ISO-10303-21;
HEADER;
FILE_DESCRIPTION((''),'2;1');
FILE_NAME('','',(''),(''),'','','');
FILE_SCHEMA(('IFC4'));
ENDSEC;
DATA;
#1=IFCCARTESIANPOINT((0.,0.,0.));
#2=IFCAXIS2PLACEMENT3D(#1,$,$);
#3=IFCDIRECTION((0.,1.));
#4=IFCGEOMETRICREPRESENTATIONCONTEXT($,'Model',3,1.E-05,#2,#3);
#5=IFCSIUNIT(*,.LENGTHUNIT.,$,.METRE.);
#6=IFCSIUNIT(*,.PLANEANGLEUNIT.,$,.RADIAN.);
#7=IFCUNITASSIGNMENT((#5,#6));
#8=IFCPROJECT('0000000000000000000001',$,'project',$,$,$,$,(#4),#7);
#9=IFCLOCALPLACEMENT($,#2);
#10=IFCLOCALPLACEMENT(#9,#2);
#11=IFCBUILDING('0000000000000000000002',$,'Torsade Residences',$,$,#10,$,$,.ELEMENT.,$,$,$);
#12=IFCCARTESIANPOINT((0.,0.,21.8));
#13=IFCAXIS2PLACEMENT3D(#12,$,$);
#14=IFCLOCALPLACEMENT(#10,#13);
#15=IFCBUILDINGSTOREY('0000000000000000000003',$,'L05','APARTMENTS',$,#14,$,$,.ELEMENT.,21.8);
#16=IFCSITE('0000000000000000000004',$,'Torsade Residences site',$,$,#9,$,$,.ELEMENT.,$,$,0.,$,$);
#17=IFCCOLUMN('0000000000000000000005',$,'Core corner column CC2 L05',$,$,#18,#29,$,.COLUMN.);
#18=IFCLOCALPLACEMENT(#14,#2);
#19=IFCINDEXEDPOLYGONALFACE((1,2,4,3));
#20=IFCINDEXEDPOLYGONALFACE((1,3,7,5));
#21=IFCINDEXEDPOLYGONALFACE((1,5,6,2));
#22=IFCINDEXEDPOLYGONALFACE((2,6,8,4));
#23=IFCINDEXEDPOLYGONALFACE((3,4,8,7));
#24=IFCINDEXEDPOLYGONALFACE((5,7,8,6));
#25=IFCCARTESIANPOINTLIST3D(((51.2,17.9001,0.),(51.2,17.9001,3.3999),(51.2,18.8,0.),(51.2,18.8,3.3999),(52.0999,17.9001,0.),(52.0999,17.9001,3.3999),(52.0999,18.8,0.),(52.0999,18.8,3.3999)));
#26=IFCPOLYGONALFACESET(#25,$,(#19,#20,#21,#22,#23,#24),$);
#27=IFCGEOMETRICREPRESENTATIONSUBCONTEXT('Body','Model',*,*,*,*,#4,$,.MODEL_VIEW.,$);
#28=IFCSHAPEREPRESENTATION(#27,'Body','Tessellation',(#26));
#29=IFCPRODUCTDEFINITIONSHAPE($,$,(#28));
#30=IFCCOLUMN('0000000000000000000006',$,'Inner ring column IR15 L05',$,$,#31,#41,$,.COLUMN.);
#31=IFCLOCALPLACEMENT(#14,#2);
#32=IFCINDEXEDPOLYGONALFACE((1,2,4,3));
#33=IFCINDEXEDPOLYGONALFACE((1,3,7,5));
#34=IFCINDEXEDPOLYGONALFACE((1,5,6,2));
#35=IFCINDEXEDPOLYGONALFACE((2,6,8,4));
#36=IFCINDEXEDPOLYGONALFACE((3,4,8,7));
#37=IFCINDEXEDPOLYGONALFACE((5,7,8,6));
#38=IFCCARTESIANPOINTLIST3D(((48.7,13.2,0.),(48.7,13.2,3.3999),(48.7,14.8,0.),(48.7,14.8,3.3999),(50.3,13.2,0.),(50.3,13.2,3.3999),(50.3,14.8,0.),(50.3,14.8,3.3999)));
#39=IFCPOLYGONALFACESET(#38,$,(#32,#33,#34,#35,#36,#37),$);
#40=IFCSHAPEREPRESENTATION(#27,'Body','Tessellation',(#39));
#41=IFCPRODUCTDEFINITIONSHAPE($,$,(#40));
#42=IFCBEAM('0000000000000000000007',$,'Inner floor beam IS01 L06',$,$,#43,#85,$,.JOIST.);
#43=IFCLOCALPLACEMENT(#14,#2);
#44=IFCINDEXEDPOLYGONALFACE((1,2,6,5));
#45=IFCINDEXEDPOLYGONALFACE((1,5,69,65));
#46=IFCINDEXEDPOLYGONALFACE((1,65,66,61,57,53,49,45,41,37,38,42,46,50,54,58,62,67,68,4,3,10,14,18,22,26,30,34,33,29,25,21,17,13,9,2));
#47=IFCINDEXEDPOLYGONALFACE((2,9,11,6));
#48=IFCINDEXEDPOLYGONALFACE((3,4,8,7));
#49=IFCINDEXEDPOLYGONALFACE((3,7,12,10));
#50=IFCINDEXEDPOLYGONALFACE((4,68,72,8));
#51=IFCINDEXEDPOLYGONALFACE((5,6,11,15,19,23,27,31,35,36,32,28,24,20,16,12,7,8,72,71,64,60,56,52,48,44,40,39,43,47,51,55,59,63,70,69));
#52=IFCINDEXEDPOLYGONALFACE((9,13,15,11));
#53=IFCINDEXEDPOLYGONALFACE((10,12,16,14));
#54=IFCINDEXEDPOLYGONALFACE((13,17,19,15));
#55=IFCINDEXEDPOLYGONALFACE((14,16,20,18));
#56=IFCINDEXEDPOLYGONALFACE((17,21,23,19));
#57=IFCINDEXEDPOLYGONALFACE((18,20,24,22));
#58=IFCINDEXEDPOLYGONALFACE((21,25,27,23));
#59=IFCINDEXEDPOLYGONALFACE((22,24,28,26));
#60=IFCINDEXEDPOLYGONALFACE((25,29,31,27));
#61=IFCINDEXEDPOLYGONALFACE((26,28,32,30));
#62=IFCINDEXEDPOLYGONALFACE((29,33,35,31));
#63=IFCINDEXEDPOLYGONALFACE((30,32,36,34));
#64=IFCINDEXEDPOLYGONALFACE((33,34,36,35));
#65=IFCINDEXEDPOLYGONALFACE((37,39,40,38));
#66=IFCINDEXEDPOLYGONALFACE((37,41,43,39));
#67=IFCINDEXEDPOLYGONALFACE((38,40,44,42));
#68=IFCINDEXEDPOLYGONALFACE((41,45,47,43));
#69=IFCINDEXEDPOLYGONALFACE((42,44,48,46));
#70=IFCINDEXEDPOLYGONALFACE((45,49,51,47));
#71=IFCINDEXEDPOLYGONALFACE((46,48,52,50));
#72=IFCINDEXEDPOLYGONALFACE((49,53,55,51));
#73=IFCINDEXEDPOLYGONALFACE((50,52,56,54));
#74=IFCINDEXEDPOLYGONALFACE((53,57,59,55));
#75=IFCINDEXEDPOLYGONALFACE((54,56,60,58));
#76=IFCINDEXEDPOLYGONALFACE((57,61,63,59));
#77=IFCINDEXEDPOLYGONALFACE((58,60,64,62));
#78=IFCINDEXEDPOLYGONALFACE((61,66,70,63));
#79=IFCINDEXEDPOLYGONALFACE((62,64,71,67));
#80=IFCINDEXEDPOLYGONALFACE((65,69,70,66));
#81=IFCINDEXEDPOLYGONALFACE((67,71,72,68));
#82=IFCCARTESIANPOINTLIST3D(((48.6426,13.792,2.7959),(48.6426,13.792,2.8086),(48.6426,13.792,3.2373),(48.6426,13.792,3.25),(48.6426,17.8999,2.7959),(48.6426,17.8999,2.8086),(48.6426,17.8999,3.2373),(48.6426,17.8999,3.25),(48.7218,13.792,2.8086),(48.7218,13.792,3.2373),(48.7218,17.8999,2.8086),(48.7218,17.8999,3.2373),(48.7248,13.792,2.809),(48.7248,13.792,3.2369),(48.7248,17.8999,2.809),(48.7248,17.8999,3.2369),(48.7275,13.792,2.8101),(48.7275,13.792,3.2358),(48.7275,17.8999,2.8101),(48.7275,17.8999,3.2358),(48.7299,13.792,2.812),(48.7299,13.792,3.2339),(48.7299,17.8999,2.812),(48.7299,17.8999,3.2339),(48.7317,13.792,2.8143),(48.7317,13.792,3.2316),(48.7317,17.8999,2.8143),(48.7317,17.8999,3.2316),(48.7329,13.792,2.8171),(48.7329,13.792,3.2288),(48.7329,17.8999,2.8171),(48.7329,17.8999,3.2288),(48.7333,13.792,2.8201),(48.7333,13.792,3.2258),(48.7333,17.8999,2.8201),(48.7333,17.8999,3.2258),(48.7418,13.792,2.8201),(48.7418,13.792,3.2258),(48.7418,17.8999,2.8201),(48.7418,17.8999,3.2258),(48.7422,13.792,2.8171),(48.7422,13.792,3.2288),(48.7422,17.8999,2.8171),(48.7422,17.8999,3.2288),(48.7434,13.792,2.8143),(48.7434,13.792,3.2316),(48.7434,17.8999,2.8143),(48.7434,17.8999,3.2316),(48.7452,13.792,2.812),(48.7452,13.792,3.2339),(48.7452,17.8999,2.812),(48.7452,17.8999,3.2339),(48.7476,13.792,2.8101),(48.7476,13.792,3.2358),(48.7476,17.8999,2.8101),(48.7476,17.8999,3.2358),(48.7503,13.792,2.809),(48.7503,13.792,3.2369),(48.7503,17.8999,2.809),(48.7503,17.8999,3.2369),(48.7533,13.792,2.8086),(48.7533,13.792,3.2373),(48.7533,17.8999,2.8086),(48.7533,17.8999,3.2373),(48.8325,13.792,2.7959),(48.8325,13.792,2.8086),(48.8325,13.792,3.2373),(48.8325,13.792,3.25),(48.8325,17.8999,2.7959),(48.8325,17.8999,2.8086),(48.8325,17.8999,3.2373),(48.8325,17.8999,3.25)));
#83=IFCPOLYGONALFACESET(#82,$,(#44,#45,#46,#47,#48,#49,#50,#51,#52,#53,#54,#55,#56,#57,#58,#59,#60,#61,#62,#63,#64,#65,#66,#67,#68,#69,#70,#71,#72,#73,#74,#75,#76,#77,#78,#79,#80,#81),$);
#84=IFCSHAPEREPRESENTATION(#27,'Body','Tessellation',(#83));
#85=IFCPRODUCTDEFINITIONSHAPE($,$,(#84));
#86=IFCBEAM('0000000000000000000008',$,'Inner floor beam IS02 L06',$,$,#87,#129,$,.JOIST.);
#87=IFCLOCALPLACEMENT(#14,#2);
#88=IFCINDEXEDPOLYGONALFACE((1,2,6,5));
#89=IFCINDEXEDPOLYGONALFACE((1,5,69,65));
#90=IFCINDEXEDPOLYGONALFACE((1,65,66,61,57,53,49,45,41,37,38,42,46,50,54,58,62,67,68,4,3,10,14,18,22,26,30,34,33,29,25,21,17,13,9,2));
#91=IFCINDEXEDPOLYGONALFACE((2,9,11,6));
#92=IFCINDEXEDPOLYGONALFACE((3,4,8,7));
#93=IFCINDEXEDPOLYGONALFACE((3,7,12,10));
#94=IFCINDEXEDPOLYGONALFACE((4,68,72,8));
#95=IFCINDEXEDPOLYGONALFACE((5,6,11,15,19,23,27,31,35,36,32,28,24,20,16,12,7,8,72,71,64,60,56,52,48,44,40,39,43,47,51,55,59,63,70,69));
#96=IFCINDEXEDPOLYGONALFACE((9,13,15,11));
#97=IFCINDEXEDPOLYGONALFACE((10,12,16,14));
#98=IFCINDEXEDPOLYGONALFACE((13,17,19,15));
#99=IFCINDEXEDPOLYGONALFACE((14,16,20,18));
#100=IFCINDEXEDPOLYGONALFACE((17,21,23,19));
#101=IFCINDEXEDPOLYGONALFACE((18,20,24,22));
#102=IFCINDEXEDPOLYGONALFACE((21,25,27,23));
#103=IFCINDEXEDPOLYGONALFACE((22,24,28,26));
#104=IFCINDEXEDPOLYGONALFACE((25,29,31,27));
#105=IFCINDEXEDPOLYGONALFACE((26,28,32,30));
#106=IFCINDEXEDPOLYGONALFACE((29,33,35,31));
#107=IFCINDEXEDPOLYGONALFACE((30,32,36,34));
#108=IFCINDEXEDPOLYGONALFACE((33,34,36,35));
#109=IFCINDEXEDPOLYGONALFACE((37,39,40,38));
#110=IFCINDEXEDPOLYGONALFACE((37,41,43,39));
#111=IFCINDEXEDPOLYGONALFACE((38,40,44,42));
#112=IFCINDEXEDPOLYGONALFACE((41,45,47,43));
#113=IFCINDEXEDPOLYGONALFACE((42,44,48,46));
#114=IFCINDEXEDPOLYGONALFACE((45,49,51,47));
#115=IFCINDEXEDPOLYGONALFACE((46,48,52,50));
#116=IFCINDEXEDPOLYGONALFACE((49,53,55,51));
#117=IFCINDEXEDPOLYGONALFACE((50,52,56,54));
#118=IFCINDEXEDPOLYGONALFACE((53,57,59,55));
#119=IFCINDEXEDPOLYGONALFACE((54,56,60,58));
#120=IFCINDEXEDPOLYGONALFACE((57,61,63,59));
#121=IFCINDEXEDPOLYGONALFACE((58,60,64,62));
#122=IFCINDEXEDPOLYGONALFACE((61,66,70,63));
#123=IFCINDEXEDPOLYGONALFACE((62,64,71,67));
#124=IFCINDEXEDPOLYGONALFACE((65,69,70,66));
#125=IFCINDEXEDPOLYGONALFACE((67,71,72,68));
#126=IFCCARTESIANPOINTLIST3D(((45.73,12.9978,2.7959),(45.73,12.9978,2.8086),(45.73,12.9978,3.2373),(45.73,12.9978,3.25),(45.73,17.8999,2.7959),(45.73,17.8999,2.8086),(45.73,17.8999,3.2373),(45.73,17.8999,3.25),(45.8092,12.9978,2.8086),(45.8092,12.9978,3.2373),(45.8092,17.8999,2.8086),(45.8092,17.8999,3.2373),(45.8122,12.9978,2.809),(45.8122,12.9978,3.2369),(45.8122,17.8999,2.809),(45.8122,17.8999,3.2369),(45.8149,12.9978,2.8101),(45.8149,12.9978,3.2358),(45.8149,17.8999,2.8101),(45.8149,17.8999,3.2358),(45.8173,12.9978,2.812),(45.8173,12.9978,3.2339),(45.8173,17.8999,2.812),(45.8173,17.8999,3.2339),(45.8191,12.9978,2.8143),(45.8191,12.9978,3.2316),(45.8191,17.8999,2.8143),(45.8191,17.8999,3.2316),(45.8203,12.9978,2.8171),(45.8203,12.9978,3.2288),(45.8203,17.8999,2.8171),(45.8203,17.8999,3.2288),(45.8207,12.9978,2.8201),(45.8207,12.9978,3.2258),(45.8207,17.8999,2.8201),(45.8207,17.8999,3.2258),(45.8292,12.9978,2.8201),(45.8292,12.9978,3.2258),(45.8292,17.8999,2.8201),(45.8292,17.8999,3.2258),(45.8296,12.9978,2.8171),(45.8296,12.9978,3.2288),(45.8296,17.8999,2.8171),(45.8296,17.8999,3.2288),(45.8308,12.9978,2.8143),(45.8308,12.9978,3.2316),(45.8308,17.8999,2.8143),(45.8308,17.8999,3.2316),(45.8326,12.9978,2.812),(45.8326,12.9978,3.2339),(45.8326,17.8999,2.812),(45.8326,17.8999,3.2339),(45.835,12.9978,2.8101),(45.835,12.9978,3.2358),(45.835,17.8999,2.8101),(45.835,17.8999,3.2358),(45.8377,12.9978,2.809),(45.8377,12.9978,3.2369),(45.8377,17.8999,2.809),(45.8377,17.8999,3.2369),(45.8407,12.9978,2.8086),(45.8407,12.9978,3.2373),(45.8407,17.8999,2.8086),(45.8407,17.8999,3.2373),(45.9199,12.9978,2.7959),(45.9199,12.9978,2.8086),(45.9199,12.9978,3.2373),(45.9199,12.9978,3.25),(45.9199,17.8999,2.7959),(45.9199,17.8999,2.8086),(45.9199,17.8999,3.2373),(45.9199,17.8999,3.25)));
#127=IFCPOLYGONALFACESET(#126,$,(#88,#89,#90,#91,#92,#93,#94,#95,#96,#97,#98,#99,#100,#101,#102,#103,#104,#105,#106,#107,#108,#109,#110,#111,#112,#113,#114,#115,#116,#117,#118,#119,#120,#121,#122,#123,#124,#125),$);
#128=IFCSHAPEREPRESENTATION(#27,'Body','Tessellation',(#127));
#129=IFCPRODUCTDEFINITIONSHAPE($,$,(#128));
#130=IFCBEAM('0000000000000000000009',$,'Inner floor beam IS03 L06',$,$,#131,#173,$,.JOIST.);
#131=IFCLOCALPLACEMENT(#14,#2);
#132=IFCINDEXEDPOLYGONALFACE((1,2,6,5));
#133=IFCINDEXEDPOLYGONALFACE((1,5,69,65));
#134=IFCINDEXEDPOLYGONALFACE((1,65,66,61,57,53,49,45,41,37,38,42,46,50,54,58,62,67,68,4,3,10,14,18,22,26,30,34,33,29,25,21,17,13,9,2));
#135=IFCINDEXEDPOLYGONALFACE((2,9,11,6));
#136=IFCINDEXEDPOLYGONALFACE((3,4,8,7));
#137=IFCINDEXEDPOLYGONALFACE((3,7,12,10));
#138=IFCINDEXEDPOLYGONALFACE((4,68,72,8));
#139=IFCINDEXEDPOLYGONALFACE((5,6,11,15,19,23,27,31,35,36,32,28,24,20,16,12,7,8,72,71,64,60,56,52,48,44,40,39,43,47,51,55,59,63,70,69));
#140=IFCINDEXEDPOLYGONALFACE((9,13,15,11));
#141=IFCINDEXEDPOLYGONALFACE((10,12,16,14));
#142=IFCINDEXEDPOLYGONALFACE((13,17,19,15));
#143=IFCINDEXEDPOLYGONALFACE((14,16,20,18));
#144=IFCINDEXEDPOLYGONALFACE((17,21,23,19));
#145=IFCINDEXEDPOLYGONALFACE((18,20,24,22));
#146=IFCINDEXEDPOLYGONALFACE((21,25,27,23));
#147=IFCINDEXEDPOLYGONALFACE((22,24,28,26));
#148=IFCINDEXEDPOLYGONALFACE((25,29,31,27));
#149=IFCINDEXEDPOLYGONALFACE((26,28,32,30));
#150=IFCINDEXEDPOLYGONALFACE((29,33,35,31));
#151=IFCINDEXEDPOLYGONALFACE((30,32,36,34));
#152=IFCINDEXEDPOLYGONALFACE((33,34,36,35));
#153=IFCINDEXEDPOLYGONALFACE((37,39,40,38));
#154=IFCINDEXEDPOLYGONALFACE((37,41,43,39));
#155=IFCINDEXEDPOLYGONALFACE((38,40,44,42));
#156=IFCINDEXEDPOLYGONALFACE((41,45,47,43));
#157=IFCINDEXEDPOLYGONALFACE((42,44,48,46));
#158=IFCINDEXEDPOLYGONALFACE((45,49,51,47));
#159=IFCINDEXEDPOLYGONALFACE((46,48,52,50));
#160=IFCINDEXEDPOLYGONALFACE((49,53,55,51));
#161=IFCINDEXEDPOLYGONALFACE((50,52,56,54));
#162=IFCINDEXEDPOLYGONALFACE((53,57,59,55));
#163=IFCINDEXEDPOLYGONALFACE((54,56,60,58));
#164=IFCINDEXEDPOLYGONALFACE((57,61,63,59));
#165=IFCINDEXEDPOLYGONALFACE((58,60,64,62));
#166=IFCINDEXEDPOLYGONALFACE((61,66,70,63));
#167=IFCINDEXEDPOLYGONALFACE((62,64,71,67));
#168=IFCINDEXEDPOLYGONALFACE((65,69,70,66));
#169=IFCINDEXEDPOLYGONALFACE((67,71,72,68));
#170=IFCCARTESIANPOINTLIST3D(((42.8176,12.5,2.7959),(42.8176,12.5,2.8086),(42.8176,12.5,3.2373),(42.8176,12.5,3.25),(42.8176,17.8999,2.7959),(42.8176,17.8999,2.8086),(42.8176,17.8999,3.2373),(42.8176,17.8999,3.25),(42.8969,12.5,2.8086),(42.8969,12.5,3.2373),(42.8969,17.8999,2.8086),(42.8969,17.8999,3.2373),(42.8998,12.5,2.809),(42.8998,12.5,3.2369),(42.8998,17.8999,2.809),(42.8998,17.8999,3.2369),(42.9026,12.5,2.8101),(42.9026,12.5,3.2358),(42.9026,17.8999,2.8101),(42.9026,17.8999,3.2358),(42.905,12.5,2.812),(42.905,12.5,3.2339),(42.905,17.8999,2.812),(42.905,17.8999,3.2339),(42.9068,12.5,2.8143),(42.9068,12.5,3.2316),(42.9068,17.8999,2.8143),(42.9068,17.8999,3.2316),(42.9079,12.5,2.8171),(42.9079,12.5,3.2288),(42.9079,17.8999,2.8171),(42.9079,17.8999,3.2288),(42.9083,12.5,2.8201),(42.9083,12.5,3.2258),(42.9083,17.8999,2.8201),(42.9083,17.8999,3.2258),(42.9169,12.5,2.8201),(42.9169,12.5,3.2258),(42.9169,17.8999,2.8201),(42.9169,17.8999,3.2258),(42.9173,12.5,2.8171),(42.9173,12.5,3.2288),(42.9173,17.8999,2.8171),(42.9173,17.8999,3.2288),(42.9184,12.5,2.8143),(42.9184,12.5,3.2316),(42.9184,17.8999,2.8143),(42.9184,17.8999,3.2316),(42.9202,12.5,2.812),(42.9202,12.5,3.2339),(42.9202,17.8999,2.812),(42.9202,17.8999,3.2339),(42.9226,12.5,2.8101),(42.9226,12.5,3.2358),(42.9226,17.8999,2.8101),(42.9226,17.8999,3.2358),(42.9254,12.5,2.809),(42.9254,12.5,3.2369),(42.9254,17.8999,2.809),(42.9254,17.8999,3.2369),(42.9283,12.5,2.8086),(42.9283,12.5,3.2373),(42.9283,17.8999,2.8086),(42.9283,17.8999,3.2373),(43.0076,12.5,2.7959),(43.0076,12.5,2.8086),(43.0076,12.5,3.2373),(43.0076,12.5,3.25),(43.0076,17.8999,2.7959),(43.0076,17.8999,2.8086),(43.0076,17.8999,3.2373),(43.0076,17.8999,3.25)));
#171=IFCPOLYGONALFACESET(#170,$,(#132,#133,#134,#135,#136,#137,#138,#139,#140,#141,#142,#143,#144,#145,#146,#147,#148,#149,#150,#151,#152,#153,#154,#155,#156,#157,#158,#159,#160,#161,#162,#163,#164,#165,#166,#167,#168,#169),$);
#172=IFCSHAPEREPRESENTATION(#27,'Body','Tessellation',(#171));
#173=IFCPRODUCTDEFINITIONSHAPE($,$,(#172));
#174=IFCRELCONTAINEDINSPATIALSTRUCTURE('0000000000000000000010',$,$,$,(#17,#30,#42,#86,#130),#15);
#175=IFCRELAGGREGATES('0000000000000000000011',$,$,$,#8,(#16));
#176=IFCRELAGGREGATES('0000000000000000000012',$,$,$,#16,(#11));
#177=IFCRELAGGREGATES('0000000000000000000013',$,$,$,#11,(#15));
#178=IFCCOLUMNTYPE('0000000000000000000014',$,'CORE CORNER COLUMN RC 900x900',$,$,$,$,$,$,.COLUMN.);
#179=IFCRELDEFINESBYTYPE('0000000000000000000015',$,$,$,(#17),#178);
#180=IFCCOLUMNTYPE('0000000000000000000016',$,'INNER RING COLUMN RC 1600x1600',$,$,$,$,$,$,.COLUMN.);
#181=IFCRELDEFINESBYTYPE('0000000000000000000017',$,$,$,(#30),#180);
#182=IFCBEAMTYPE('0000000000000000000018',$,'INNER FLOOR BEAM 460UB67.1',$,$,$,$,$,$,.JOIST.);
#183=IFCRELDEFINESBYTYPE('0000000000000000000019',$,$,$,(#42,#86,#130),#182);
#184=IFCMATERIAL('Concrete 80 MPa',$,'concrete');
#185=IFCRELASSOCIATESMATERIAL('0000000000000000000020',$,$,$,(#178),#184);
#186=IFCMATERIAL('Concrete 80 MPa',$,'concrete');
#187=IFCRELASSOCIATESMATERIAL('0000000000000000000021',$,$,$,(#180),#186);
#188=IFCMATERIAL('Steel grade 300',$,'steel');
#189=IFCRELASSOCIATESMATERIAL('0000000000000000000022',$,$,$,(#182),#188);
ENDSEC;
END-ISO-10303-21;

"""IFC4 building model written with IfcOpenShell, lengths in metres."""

from ifc_helpers import new_model, si_unit, direction, frame, origin, origin_2d, place, context, subcontext, project, spatial, rectangle, i_section, extrude, material, material_profile, profile_set, type_object, element, save


model = new_model("IFC4")

# Units and contexts
model_context = context("Model", 3, precision=1e-05, world=origin(), true_north=direction((0.0, 1.0)))
body_context = subcontext(model_context, "Body", "Model", "MODEL_VIEW")
ifc_project = project(units=[si_unit("LENGTHUNIT", "METRE"), si_unit("PLANEANGLEUNIT", "RADIAN")], contexts=[model_context])

# Site, building, storey
site_placement = place(None, origin())
site = spatial("IfcSite", under=ifc_project, at=site_placement, Name="Torsade Residences site", CompositionType="ELEMENT", RefElevation=0.0)
building_placement = place(site_placement, origin())
building = spatial("IfcBuilding", under=site, at=building_placement, Name="Torsade Residences", CompositionType="ELEMENT")
storey_placement = place(building_placement, frame((0.0, 0.0, 21.8)))
storey = spatial("IfcBuildingStorey", under=building, at=storey_placement, Name="L05", Description="APARTMENTS", CompositionType="ELEMENT", Elevation=21.8)

# Columns
ifc_material_1 = material(Name="Concrete 80 MPa", Category="concrete")
ifc_material_profile_1 = material_profile(ifc_material_1, rectangle(XDim=0.8999, YDim=0.8999, at=origin_2d()), Name="RC 900x900")
ifc_profile_set_1 = profile_set([ifc_material_profile_1], Name="Concrete 80 MPa")
column_type_1 = type_object("IfcColumnType", Name="CORE CORNER COLUMN RC 900x900", PredefinedType="COLUMN", material=ifc_profile_set_1)
column_1_placement = place(storey_placement, frame((51.6499, 18.3501, 0.0), z_axis=(0.0, 0.0, 1.0), x_axis=(1.0, 0.0, 0.0)))
element("IfcColumn", 1, at=column_1_placement, inside=storey, type_object=column_type_1, Name="Core corner column CC2 L05", PredefinedType="COLUMN", context=body_context, shape_type="SweptSolid", body=[
    extrude(rectangle(XDim=0.8999, YDim=0.8999, at=origin_2d()), origin(), (0.0, 0.0, 1.0), 3.3999),
])
ifc_material_2 = material(Name="Concrete 80 MPa", Category="concrete")
ifc_material_profile_2 = material_profile(ifc_material_2, rectangle(XDim=1.6001, YDim=1.6001, at=origin_2d()), Name="RC 1600x1600")
ifc_profile_set_2 = profile_set([ifc_material_profile_2], Name="Concrete 80 MPa")
column_type_2 = type_object("IfcColumnType", Name="INNER RING COLUMN RC 1600x1600", PredefinedType="COLUMN", material=ifc_profile_set_2)
column_2_placement = place(storey_placement, frame((49.5, 14.0, 0.0), z_axis=(0.0, 0.0, 1.0), x_axis=(1.0, 0.0, 0.0)))
element("IfcColumn", 2, at=column_2_placement, inside=storey, type_object=column_type_2, Name="Inner ring column IR15 L05", PredefinedType="COLUMN", context=body_context, shape_type="SweptSolid", body=[
    extrude(rectangle(XDim=1.6001, YDim=1.6001, at=origin_2d()), origin(), (0.0, 0.0, 1.0), 3.3999),
])

# Beams
ifc_material_3 = material(Name="Steel grade 300", Category="steel")
ifc_material_profile_3 = material_profile(ifc_material_3, i_section(OverallWidth=0.1899, OverallDepth=0.4541, WebThickness=0.0085, FlangeThickness=0.0127, FilletRadius=0.0115, at=origin_2d()), Name="460UB67.1")
ifc_profile_set_3 = profile_set([ifc_material_profile_3], Name="Steel grade 300")
beam_type_1 = type_object("IfcBeamType", Name="INNER FLOOR BEAM 460UB67.1", PredefinedType="JOIST", material=ifc_profile_set_3)
beam_1_placement = place(storey_placement, frame((48.7375, 17.8999, 3.0229), z_axis=(0.0, -1.0, 0.0), x_axis=(1.0, 0.0, 0.0)))
element("IfcBeam", 3, at=beam_1_placement, inside=storey, type_object=beam_type_1, Name="Inner floor beam IS01 L06", PredefinedType="JOIST", context=body_context, shape_type="SweptSolid", body=[
    extrude(i_section(OverallWidth=0.1899, OverallDepth=0.4541, WebThickness=0.0085, FlangeThickness=0.0127, FilletRadius=0.0115, at=origin_2d()), origin(), (0.0, 0.0, 1.0), 4.1079),
])
beam_2_placement = place(storey_placement, frame((45.825, 17.8999, 3.0229), z_axis=(0.0, -1.0, 0.0), x_axis=(1.0, 0.0, 0.0)))
element("IfcBeam", 4, at=beam_2_placement, inside=storey, type_object=beam_type_1, Name="Inner floor beam IS02 L06", PredefinedType="JOIST", context=body_context, shape_type="SweptSolid", body=[
    extrude(i_section(OverallWidth=0.1899, OverallDepth=0.4541, WebThickness=0.0085, FlangeThickness=0.0127, FilletRadius=0.0115, at=origin_2d()), origin(), (0.0, 0.0, 1.0), 4.9021),
])
for number, where, z_axis, x_axis, name in (
    (5, (42.9126, 17.8999, 3.0229), (0.0, -1.0, 0.0), (1.0, 0.0, 0.0), "Inner floor beam IS03 L06"),
):
    element("IfcBeam", number, at=place(storey_placement, frame(where, z_axis=z_axis, x_axis=x_axis)), inside=storey, type_object=beam_type_1, Name=name, PredefinedType="JOIST", context=body_context, shape_type="SweptSolid", body=[
        extrude(i_section(OverallWidth=0.1899, OverallDepth=0.4541, WebThickness=0.0085, FlangeThickness=0.0127, FilletRadius=0.0115, at=origin_2d()), origin(), (0.0, 0.0, 1.0), 5.3999),
    ])

save(model, "model.ifc")
